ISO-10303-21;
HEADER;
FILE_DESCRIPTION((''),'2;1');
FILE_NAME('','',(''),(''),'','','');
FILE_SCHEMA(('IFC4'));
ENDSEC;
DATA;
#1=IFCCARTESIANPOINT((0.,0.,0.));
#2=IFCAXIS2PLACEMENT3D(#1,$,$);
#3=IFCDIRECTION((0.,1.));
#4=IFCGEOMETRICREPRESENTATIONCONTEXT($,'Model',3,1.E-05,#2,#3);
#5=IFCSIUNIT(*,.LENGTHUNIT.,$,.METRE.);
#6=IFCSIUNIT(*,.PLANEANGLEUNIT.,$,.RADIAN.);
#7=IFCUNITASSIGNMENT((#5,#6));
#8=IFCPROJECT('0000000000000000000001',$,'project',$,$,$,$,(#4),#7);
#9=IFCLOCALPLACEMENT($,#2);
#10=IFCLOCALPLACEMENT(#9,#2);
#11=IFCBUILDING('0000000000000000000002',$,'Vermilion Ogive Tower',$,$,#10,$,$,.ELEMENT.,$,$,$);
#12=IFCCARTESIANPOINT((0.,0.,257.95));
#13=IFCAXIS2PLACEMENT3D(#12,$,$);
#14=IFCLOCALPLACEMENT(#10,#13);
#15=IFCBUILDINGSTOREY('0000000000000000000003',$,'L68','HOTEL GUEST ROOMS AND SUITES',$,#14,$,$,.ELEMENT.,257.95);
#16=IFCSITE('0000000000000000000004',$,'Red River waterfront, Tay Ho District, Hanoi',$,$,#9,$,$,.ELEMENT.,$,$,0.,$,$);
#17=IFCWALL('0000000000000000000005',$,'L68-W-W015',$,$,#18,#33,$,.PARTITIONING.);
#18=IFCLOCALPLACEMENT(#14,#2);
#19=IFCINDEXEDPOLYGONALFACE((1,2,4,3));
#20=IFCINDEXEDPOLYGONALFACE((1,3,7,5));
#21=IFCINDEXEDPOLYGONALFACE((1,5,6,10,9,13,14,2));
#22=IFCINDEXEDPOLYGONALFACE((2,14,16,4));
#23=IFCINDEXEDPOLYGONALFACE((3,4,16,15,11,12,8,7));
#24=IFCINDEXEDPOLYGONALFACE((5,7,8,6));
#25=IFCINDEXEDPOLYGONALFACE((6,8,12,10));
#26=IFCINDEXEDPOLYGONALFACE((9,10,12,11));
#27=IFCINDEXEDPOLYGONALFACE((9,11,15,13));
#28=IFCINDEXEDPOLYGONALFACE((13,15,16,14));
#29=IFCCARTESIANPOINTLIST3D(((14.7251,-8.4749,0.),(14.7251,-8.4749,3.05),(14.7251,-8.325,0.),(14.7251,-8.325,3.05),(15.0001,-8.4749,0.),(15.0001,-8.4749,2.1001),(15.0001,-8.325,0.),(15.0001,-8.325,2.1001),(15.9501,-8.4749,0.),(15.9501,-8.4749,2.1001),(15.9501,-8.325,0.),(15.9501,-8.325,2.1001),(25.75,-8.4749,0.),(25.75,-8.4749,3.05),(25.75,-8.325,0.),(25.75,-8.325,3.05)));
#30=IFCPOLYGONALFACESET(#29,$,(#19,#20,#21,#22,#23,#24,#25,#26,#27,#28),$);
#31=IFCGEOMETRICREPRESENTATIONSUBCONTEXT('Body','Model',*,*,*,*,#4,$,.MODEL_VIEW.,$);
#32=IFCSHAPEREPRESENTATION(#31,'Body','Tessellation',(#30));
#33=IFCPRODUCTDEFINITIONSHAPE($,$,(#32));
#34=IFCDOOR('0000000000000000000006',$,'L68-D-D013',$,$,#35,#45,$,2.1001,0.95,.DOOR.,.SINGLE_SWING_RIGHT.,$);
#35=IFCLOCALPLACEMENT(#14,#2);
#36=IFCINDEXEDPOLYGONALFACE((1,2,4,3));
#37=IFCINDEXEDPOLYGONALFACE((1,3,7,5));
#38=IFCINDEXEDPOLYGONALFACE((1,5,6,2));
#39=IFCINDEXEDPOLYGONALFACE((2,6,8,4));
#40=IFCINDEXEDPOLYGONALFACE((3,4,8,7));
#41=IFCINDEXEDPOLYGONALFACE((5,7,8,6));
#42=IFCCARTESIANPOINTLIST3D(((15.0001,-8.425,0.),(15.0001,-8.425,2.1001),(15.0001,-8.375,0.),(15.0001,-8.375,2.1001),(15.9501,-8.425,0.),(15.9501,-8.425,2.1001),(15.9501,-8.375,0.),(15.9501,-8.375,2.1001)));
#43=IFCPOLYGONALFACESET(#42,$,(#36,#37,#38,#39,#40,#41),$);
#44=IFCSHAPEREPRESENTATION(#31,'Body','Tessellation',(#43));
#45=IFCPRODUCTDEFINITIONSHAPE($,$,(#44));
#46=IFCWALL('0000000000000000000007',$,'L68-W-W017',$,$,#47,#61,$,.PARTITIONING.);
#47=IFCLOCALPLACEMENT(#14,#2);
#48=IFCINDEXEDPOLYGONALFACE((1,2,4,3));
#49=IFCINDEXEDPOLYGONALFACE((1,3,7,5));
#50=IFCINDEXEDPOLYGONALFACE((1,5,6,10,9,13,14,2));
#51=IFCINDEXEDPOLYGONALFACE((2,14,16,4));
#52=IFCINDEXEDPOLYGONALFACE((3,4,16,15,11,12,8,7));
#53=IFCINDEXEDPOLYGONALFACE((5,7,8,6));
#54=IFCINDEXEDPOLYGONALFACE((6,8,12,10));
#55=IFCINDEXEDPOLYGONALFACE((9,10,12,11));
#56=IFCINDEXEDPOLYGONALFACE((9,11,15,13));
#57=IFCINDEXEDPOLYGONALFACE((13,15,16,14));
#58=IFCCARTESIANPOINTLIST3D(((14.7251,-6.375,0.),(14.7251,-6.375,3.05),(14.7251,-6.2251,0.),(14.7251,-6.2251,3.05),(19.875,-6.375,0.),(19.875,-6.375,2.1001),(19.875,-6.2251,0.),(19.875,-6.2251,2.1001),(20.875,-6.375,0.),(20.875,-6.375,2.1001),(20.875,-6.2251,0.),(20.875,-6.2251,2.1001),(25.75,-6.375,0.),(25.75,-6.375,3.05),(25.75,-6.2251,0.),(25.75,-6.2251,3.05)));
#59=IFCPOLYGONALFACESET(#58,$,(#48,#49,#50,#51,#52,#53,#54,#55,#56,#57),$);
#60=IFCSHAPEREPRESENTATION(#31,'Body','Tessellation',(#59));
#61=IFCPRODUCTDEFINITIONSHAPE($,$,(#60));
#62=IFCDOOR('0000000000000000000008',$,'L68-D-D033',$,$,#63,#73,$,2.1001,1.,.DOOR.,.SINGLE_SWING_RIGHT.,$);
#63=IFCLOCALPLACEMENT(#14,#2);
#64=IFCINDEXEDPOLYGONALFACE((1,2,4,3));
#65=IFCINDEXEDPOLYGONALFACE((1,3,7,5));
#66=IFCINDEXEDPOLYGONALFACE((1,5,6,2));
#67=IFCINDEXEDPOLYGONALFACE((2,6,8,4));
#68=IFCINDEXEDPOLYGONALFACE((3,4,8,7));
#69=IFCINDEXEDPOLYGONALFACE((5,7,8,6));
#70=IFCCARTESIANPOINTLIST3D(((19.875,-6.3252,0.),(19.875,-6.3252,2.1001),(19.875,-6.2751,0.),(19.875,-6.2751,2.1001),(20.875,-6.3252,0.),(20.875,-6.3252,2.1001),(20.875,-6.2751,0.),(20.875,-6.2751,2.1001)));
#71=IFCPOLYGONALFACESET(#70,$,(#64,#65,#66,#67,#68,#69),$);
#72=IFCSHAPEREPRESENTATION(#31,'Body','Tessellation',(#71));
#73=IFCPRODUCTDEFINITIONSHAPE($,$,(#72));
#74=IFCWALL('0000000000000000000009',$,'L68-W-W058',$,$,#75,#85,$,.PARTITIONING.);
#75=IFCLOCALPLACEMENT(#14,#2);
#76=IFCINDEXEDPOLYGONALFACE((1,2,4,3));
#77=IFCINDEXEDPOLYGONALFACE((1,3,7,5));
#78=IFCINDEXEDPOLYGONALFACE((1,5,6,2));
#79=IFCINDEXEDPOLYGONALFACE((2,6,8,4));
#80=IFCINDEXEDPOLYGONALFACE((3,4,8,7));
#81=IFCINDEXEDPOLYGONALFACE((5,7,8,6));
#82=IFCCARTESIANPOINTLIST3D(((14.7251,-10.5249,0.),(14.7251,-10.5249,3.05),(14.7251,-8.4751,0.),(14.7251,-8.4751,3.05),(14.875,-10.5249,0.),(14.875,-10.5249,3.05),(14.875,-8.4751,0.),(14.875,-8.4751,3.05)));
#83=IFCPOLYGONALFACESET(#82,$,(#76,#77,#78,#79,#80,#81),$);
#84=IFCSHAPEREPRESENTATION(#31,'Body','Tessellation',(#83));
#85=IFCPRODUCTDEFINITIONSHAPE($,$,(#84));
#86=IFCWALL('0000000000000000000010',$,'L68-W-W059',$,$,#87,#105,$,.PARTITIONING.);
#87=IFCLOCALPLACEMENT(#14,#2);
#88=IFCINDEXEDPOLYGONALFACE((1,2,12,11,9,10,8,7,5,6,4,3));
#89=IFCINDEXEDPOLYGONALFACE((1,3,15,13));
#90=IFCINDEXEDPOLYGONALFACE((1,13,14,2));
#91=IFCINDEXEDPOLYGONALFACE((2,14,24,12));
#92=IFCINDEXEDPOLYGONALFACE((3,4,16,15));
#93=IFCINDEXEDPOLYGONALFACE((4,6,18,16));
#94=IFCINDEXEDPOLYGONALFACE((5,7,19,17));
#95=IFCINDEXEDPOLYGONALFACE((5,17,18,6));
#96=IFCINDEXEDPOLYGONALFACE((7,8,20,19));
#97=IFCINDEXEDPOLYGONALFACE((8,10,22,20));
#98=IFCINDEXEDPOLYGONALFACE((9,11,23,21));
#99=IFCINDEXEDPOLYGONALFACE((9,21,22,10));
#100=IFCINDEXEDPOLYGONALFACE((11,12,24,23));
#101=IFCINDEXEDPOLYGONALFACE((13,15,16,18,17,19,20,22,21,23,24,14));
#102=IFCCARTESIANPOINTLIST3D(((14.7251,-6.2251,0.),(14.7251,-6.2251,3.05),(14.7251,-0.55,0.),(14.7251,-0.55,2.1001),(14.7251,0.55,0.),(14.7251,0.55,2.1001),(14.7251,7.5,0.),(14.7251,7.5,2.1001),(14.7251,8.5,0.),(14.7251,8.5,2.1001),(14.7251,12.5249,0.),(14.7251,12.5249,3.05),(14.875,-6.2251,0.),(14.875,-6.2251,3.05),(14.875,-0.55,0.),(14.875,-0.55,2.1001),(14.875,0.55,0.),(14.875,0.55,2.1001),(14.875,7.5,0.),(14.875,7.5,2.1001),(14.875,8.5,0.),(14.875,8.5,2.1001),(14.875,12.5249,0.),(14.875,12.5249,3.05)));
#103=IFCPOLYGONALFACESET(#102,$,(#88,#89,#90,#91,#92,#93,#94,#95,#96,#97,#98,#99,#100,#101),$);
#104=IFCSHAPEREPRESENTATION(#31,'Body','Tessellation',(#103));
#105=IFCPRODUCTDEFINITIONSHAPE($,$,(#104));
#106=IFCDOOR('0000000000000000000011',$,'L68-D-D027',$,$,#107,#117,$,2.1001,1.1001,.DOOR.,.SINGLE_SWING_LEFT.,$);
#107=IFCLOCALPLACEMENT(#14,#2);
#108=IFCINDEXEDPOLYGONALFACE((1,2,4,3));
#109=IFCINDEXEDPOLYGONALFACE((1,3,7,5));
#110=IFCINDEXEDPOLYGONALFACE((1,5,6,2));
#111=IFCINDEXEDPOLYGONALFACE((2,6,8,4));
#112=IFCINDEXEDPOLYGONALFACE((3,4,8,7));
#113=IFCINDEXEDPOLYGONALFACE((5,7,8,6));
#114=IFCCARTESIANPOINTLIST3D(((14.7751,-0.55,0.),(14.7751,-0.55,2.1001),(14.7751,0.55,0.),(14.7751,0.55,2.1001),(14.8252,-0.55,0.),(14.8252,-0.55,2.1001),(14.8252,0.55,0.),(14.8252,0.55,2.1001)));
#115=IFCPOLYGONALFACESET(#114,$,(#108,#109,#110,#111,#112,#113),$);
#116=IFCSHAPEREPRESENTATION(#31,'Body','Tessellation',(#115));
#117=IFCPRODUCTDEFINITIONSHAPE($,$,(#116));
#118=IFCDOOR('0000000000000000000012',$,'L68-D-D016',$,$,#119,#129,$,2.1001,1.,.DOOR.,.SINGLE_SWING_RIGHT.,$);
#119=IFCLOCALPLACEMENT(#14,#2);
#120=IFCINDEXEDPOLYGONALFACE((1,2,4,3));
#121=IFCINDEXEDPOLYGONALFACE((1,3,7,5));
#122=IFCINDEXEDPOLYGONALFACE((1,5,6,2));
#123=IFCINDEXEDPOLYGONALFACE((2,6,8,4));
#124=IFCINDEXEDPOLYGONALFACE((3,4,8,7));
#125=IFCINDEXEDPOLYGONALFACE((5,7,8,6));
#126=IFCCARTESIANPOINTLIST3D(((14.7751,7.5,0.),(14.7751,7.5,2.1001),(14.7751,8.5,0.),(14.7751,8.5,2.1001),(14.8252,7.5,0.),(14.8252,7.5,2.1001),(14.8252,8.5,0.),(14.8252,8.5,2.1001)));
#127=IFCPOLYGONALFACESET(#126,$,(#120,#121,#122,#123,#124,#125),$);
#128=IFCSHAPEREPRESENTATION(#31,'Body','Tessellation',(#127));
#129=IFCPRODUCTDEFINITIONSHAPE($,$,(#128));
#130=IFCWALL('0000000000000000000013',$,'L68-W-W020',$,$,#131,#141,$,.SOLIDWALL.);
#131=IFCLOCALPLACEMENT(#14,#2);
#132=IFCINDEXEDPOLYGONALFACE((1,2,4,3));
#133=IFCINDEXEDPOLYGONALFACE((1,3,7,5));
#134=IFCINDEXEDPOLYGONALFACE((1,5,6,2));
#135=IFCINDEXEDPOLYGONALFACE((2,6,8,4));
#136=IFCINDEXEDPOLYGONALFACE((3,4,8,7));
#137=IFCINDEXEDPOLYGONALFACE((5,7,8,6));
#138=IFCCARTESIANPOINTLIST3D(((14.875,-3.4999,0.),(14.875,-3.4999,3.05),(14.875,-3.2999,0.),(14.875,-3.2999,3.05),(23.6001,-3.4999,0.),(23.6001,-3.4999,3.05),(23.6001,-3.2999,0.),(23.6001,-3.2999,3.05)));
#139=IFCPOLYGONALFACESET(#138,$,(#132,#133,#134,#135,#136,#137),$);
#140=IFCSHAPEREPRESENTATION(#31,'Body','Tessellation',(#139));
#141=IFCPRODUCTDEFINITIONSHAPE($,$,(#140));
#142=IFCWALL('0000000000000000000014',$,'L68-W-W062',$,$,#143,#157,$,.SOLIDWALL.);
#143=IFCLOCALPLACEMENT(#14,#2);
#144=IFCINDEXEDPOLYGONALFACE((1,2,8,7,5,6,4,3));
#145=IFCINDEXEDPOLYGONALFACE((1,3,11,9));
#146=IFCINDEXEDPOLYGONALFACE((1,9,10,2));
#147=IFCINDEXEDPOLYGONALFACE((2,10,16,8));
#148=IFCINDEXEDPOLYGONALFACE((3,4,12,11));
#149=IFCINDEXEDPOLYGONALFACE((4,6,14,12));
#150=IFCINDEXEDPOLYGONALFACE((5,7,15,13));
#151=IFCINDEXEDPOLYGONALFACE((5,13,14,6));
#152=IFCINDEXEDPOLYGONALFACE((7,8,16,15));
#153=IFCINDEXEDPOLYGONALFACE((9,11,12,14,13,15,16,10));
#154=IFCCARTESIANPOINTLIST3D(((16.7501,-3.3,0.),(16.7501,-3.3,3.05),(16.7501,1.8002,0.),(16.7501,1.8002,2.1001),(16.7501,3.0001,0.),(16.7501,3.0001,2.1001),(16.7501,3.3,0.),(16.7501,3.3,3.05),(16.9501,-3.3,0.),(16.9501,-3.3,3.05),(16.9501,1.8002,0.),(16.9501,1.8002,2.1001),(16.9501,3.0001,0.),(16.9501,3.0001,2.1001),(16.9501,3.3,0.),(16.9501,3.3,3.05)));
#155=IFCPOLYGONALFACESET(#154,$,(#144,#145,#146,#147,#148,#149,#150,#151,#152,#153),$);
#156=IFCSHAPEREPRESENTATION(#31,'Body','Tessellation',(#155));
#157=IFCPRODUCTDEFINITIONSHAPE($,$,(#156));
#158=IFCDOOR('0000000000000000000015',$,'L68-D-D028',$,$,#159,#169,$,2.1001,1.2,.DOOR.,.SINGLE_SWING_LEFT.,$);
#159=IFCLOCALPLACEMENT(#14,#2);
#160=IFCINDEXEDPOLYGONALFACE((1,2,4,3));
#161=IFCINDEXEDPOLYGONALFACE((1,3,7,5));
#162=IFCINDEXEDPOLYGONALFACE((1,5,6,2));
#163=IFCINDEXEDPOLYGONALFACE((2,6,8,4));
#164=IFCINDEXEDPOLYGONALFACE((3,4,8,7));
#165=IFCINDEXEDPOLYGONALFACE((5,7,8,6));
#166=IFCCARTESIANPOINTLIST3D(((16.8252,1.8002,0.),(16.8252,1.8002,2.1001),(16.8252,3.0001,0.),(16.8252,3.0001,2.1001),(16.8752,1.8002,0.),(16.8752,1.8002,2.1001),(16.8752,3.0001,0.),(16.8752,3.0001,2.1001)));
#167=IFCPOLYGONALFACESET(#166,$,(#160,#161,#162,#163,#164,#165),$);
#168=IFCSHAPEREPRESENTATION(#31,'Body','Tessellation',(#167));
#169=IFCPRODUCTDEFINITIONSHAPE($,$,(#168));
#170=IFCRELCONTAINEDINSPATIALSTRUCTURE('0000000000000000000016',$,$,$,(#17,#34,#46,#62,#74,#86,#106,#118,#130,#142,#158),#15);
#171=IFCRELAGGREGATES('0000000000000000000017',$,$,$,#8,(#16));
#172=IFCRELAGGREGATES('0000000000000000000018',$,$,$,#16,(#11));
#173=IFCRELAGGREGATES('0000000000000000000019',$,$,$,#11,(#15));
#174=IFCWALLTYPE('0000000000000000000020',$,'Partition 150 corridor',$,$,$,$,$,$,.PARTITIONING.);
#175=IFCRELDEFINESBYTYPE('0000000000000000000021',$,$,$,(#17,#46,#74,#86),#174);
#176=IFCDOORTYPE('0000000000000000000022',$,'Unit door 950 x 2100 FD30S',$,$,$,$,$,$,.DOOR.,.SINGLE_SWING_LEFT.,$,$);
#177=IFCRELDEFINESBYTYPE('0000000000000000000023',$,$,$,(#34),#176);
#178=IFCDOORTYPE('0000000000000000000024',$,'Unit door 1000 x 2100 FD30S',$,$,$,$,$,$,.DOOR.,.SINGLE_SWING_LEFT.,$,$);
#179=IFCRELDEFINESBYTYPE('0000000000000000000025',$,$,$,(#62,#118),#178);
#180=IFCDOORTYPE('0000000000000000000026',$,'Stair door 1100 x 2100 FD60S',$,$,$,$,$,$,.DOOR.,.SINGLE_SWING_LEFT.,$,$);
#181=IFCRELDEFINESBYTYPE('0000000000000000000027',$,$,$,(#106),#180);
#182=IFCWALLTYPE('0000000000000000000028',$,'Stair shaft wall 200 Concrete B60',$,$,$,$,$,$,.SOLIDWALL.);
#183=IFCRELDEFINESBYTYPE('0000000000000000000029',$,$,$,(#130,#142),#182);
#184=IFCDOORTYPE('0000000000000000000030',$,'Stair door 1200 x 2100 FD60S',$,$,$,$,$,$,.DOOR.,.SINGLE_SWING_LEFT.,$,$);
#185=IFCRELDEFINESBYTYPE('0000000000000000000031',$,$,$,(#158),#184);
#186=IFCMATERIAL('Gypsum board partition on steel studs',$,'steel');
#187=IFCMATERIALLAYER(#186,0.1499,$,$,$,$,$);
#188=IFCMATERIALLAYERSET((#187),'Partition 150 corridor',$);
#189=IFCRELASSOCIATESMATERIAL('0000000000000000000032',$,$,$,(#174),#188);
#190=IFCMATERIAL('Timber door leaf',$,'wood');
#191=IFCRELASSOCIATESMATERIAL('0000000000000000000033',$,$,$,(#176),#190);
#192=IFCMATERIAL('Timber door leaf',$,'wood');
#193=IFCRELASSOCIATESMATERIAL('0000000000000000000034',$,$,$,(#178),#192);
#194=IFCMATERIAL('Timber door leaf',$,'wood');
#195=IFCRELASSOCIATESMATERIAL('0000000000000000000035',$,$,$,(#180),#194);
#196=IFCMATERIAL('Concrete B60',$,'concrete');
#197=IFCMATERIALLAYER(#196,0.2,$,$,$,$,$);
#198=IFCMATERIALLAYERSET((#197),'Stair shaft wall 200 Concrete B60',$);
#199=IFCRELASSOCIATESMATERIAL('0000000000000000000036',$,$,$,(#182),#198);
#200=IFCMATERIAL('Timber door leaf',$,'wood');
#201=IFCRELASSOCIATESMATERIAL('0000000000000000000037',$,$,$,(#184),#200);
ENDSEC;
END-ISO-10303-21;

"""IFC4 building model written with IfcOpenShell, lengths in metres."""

from ifc_helpers import new_model, si_unit, direction, frame, frame_2d, origin, place, context, subcontext, project, spatial, rectangle, extrude, material, layer, layer_set, type_object, element, fill, save


model = new_model("IFC4")

# Units and contexts
model_context = context("Model", 3, precision=1e-05, world=origin(), true_north=direction((0.0, 1.0)))
body_context = subcontext(model_context, "Body", "Model", "MODEL_VIEW")
ifc_project = project(units=[si_unit("LENGTHUNIT", "METRE"), si_unit("PLANEANGLEUNIT", "RADIAN")], contexts=[model_context])

# Site, building, storey
site_placement = place(None, origin())
site = spatial("IfcSite", under=ifc_project, at=site_placement, Name="Red River waterfront, Tay Ho District, Hanoi", CompositionType="ELEMENT", RefElevation=0.0)
building_placement = place(site_placement, origin())
building = spatial("IfcBuilding", under=site, at=building_placement, Name="Vermilion Ogive Tower", CompositionType="ELEMENT")
storey_placement = place(building_placement, frame((0.0, 0.0, 257.95)))
storey = spatial("IfcBuildingStorey", under=building, at=storey_placement, Name="L68", Description="HOTEL GUEST ROOMS AND SUITES", CompositionType="ELEMENT", Elevation=257.95)

# Walls, openings, doors
ifc_material_1 = material(Name="Gypsum board partition on steel studs", Category="steel")
ifc_layer_1 = layer(ifc_material_1, 0.1499)
ifc_layer_set_1 = layer_set([ifc_layer_1], Name="Partition 150 corridor")
wall_type_1 = type_object("IfcWallType", Name="Partition 150 corridor", PredefinedType="PARTITIONING", material=ifc_layer_set_1)
wall_1_placement = place(storey_placement, frame((14.7251, -8.3999, 0.0), z_axis=(0.0, 0.0, 1.0), x_axis=(1.0, 0.0, 0.0)))
wall_1 = element("IfcWall", 1, at=wall_1_placement, inside=storey, type_object=wall_type_1, Name="L68-W-W015", PredefinedType="PARTITIONING", context=body_context, shape_type="SweptSolid", body=[
    extrude(rectangle(XDim=11.0249, YDim=0.1499, at=frame_2d((5.5125, 0.0))), origin(), (0.0, 0.0, 1.0), 3.05),
])
opening_1_placement = place(wall_1_placement, frame((0.2749, 0.0, 0.0)))
opening_1 = element("IfcOpeningElement", 2, at=opening_1_placement, cuts=wall_1, PredefinedType="OPENING", context=body_context, shape_type="SweptSolid", body=[
    extrude(rectangle(XDim=0.95, YDim=2.1001, at=frame_2d((0.4751, 1.05))), frame((0.0, 0.085, 0.0), z_axis=(0.0, -1.0, 0.0), x_axis=(1.0, 0.0, 0.0)), (0.0, 0.0, 1.0), 0.1699),
])
ifc_material_2 = material(Name="Timber door leaf", Category="wood")
door_type_1 = type_object("IfcDoorType", Name="Unit door 950 x 2100 FD30S", OperationType="SINGLE_SWING_LEFT", PredefinedType="DOOR", material=ifc_material_2)
door_1_placement = place(opening_1_placement, origin())
door_1 = element("IfcDoor", 3, at=door_1_placement, inside=storey, type_object=door_type_1, Name="L68-D-D013", OperationType="SINGLE_SWING_RIGHT", OverallHeight=2.1001, OverallWidth=0.95, PredefinedType="DOOR", context=body_context, shape_type="SweptSolid", body=[
    extrude(rectangle(XDim=0.95, YDim=2.1001, at=frame_2d((0.4751, 1.05))), frame((0.0, 0.0249, 0.0), z_axis=(0.0, -1.0, 0.0), x_axis=(1.0, 0.0, 0.0)), (0.0, 0.0, 1.0), 0.05),
])
fill(opening_1, door_1)
wall_2_placement = place(storey_placement, frame((14.7251, -6.3, 0.0), z_axis=(0.0, 0.0, 1.0), x_axis=(1.0, 0.0, 0.0)))
wall_2 = element("IfcWall", 4, at=wall_2_placement, inside=storey, type_object=wall_type_1, Name="L68-W-W017", PredefinedType="PARTITIONING", context=body_context, shape_type="SweptSolid", body=[
    extrude(rectangle(XDim=11.0249, YDim=0.1499, at=frame_2d((5.5125, 0.0))), origin(), (0.0, 0.0, 1.0), 3.05),
])
opening_2_placement = place(wall_2_placement, frame((5.1499, 0.0, 0.0)))
opening_2 = element("IfcOpeningElement", 5, at=opening_2_placement, cuts=wall_2, PredefinedType="OPENING", context=body_context, shape_type="SweptSolid", body=[
    extrude(rectangle(XDim=1.0, YDim=2.1001, at=frame_2d((0.5, 1.05))), frame((0.0, 0.085, 0.0), z_axis=(0.0, -1.0, 0.0), x_axis=(1.0, 0.0, 0.0)), (0.0, 0.0, 1.0), 0.1699),
])
ifc_material_3 = material(Name="Timber door leaf", Category="wood")
door_type_2 = type_object("IfcDoorType", Name="Unit door 1000 x 2100 FD30S", OperationType="SINGLE_SWING_LEFT", PredefinedType="DOOR", material=ifc_material_3)
door_2_placement = place(opening_2_placement, origin())
door_2 = element("IfcDoor", 6, at=door_2_placement, inside=storey, type_object=door_type_2, Name="L68-D-D033", OperationType="SINGLE_SWING_RIGHT", OverallHeight=2.1001, OverallWidth=1.0, PredefinedType="DOOR", context=body_context, shape_type="SweptSolid", body=[
    extrude(rectangle(XDim=1.0, YDim=2.1001, at=frame_2d((0.5, 1.05))), frame((0.0, 0.0249, 0.0), z_axis=(0.0, -1.0, 0.0), x_axis=(1.0, 0.0, 0.0)), (0.0, 0.0, 1.0), 0.05),
])
fill(opening_2, door_2)

# Wall
wall_3_placement = place(storey_placement, frame((14.8, -10.5249, 0.0), z_axis=(0.0, 0.0, 1.0), x_axis=(0.0, 1.0, 0.0)))
element("IfcWall", 7, at=wall_3_placement, inside=storey, type_object=wall_type_1, Name="L68-W-W058", PredefinedType="PARTITIONING", context=body_context, shape_type="SweptSolid", body=[
    extrude(rectangle(XDim=2.0498, YDim=0.1499, at=frame_2d((1.0249, 0.0))), origin(), (0.0, 0.0, 1.0), 3.05),
])

# Wall, openings, doors
wall_4_placement = place(storey_placement, frame((14.8, -6.2251, 0.0), z_axis=(0.0, 0.0, 1.0), x_axis=(0.0, 1.0, 0.0)))
wall_4 = element("IfcWall", 8, at=wall_4_placement, inside=storey, type_object=wall_type_1, Name="L68-W-W059", PredefinedType="PARTITIONING", context=body_context, shape_type="SweptSolid", body=[
    extrude(rectangle(XDim=18.75, YDim=0.1499, at=frame_2d((9.375, 0.0))), origin(), (0.0, 0.0, 1.0), 3.05),
])
opening_3_placement = place(wall_4_placement, frame((13.7251, 0.0, 0.0)))
opening_3 = element("IfcOpeningElement", 9, at=opening_3_placement, cuts=wall_4, PredefinedType="OPENING", context=body_context, shape_type="SweptSolid", body=[
    extrude(rectangle(XDim=1.0, YDim=2.1001, at=frame_2d((0.5, 1.05))), frame((0.0, 0.085, 0.0), z_axis=(0.0, -1.0, 0.0), x_axis=(1.0, 0.0, 0.0)), (0.0, 0.0, 1.0), 0.1699),
])
opening_4_placement = place(wall_4_placement, frame((5.675, 0.0, 0.0)))
opening_4 = element("IfcOpeningElement", 10, at=opening_4_placement, cuts=wall_4, PredefinedType="OPENING", context=body_context, shape_type="SweptSolid", body=[
    extrude(rectangle(XDim=1.1001, YDim=2.1001, at=frame_2d((0.55, 1.05))), frame((0.0, 0.085, 0.0), z_axis=(0.0, -1.0, 0.0), x_axis=(1.0, 0.0, 0.0)), (0.0, 0.0, 1.0), 0.1699),
])
ifc_material_4 = material(Name="Timber door leaf", Category="wood")
door_type_3 = type_object("IfcDoorType", Name="Stair door 1100 x 2100 FD60S", OperationType="SINGLE_SWING_LEFT", PredefinedType="DOOR", material=ifc_material_4)
door_3_placement = place(opening_4_placement, origin())
door_3 = element("IfcDoor", 11, at=door_3_placement, inside=storey, type_object=door_type_3, Name="L68-D-D027", OperationType="SINGLE_SWING_LEFT", OverallHeight=2.1001, OverallWidth=1.1001, PredefinedType="DOOR", context=body_context, shape_type="SweptSolid", body=[
    extrude(rectangle(XDim=1.1001, YDim=2.1001, at=frame_2d((0.55, 1.05))), frame((0.0, 0.0249, 0.0), z_axis=(0.0, -1.0, 0.0), x_axis=(1.0, 0.0, 0.0)), (0.0, 0.0, 1.0), 0.05),
])
fill(opening_4, door_3)
door_4_placement = place(opening_3_placement, origin())
door_4 = element("IfcDoor", 12, at=door_4_placement, inside=storey, type_object=door_type_2, Name="L68-D-D016", OperationType="SINGLE_SWING_RIGHT", OverallHeight=2.1001, OverallWidth=1.0, PredefinedType="DOOR", context=body_context, shape_type="SweptSolid", body=[
    extrude(rectangle(XDim=1.0, YDim=2.1001, at=frame_2d((0.5, 1.05))), frame((0.0, 0.0249, 0.0), z_axis=(0.0, -1.0, 0.0), x_axis=(1.0, 0.0, 0.0)), (0.0, 0.0, 1.0), 0.05),
])
fill(opening_3, door_4)

# Wall
ifc_material_5 = material(Name="Concrete B60", Category="concrete")
ifc_layer_2 = layer(ifc_material_5, 0.2)
ifc_layer_set_2 = layer_set([ifc_layer_2], Name="Stair shaft wall 200 Concrete B60")
wall_type_2 = type_object("IfcWallType", Name="Stair shaft wall 200 Concrete B60", PredefinedType="SOLIDWALL", material=ifc_layer_set_2)
wall_5_placement = place(storey_placement, frame((14.875, -3.3999, 0.0), z_axis=(0.0, 0.0, 1.0), x_axis=(1.0, 0.0, 0.0)))
element("IfcWall", 13, at=wall_5_placement, inside=storey, type_object=wall_type_2, Name="L68-W-W020", PredefinedType="SOLIDWALL", context=body_context, shape_type="SweptSolid", body=[
    extrude(rectangle(XDim=8.7251, YDim=0.2, at=frame_2d((4.3625, 0.0))), origin(), (0.0, 0.0, 1.0), 3.05),
])

# Wall, opening, door
wall_6_placement = place(storey_placement, frame((16.8501, -3.3, 0.0), z_axis=(0.0, 0.0, 1.0), x_axis=(0.0, 1.0, 0.0)))
wall_6 = element("IfcWall", 14, at=wall_6_placement, inside=storey, type_object=wall_type_2, Name="L68-W-W062", PredefinedType="SOLIDWALL", context=body_context, shape_type="SweptSolid", body=[
    extrude(rectangle(XDim=6.6001, YDim=0.2, at=frame_2d((3.3, 0.0))), origin(), (0.0, 0.0, 1.0), 3.05),
])
opening_5_placement = place(wall_6_placement, frame((5.1001, 0.0, 0.0)))
opening_5 = element("IfcOpeningElement", 15, at=opening_5_placement, cuts=wall_6, PredefinedType="OPENING", context=body_context, shape_type="SweptSolid", body=[
    extrude(rectangle(XDim=1.2, YDim=2.1001, at=frame_2d((0.6001, 1.05))), frame((0.0, 0.1099, 0.0), z_axis=(0.0, -1.0, 0.0), x_axis=(1.0, 0.0, 0.0)), (0.0, 0.0, 1.0), 0.22),
])
ifc_material_6 = material(Name="Timber door leaf", Category="wood")
door_type_4 = type_object("IfcDoorType", Name="Stair door 1200 x 2100 FD60S", OperationType="SINGLE_SWING_LEFT", PredefinedType="DOOR", material=ifc_material_6)
door_5_placement = place(opening_5_placement, origin())
door_5 = element("IfcDoor", 16, at=door_5_placement, inside=storey, type_object=door_type_4, Name="L68-D-D028", OperationType="SINGLE_SWING_LEFT", OverallHeight=2.1001, OverallWidth=1.2, PredefinedType="DOOR", context=body_context, shape_type="SweptSolid", body=[
    extrude(rectangle(XDim=1.2, YDim=2.1001, at=frame_2d((0.6001, 1.05))), frame((0.0, 0.0249, 0.0), z_axis=(0.0, -1.0, 0.0), x_axis=(1.0, 0.0, 0.0)), (0.0, 0.0, 1.0), 0.05),
])
fill(opening_5, door_5)

save(model, "model.ifc")
